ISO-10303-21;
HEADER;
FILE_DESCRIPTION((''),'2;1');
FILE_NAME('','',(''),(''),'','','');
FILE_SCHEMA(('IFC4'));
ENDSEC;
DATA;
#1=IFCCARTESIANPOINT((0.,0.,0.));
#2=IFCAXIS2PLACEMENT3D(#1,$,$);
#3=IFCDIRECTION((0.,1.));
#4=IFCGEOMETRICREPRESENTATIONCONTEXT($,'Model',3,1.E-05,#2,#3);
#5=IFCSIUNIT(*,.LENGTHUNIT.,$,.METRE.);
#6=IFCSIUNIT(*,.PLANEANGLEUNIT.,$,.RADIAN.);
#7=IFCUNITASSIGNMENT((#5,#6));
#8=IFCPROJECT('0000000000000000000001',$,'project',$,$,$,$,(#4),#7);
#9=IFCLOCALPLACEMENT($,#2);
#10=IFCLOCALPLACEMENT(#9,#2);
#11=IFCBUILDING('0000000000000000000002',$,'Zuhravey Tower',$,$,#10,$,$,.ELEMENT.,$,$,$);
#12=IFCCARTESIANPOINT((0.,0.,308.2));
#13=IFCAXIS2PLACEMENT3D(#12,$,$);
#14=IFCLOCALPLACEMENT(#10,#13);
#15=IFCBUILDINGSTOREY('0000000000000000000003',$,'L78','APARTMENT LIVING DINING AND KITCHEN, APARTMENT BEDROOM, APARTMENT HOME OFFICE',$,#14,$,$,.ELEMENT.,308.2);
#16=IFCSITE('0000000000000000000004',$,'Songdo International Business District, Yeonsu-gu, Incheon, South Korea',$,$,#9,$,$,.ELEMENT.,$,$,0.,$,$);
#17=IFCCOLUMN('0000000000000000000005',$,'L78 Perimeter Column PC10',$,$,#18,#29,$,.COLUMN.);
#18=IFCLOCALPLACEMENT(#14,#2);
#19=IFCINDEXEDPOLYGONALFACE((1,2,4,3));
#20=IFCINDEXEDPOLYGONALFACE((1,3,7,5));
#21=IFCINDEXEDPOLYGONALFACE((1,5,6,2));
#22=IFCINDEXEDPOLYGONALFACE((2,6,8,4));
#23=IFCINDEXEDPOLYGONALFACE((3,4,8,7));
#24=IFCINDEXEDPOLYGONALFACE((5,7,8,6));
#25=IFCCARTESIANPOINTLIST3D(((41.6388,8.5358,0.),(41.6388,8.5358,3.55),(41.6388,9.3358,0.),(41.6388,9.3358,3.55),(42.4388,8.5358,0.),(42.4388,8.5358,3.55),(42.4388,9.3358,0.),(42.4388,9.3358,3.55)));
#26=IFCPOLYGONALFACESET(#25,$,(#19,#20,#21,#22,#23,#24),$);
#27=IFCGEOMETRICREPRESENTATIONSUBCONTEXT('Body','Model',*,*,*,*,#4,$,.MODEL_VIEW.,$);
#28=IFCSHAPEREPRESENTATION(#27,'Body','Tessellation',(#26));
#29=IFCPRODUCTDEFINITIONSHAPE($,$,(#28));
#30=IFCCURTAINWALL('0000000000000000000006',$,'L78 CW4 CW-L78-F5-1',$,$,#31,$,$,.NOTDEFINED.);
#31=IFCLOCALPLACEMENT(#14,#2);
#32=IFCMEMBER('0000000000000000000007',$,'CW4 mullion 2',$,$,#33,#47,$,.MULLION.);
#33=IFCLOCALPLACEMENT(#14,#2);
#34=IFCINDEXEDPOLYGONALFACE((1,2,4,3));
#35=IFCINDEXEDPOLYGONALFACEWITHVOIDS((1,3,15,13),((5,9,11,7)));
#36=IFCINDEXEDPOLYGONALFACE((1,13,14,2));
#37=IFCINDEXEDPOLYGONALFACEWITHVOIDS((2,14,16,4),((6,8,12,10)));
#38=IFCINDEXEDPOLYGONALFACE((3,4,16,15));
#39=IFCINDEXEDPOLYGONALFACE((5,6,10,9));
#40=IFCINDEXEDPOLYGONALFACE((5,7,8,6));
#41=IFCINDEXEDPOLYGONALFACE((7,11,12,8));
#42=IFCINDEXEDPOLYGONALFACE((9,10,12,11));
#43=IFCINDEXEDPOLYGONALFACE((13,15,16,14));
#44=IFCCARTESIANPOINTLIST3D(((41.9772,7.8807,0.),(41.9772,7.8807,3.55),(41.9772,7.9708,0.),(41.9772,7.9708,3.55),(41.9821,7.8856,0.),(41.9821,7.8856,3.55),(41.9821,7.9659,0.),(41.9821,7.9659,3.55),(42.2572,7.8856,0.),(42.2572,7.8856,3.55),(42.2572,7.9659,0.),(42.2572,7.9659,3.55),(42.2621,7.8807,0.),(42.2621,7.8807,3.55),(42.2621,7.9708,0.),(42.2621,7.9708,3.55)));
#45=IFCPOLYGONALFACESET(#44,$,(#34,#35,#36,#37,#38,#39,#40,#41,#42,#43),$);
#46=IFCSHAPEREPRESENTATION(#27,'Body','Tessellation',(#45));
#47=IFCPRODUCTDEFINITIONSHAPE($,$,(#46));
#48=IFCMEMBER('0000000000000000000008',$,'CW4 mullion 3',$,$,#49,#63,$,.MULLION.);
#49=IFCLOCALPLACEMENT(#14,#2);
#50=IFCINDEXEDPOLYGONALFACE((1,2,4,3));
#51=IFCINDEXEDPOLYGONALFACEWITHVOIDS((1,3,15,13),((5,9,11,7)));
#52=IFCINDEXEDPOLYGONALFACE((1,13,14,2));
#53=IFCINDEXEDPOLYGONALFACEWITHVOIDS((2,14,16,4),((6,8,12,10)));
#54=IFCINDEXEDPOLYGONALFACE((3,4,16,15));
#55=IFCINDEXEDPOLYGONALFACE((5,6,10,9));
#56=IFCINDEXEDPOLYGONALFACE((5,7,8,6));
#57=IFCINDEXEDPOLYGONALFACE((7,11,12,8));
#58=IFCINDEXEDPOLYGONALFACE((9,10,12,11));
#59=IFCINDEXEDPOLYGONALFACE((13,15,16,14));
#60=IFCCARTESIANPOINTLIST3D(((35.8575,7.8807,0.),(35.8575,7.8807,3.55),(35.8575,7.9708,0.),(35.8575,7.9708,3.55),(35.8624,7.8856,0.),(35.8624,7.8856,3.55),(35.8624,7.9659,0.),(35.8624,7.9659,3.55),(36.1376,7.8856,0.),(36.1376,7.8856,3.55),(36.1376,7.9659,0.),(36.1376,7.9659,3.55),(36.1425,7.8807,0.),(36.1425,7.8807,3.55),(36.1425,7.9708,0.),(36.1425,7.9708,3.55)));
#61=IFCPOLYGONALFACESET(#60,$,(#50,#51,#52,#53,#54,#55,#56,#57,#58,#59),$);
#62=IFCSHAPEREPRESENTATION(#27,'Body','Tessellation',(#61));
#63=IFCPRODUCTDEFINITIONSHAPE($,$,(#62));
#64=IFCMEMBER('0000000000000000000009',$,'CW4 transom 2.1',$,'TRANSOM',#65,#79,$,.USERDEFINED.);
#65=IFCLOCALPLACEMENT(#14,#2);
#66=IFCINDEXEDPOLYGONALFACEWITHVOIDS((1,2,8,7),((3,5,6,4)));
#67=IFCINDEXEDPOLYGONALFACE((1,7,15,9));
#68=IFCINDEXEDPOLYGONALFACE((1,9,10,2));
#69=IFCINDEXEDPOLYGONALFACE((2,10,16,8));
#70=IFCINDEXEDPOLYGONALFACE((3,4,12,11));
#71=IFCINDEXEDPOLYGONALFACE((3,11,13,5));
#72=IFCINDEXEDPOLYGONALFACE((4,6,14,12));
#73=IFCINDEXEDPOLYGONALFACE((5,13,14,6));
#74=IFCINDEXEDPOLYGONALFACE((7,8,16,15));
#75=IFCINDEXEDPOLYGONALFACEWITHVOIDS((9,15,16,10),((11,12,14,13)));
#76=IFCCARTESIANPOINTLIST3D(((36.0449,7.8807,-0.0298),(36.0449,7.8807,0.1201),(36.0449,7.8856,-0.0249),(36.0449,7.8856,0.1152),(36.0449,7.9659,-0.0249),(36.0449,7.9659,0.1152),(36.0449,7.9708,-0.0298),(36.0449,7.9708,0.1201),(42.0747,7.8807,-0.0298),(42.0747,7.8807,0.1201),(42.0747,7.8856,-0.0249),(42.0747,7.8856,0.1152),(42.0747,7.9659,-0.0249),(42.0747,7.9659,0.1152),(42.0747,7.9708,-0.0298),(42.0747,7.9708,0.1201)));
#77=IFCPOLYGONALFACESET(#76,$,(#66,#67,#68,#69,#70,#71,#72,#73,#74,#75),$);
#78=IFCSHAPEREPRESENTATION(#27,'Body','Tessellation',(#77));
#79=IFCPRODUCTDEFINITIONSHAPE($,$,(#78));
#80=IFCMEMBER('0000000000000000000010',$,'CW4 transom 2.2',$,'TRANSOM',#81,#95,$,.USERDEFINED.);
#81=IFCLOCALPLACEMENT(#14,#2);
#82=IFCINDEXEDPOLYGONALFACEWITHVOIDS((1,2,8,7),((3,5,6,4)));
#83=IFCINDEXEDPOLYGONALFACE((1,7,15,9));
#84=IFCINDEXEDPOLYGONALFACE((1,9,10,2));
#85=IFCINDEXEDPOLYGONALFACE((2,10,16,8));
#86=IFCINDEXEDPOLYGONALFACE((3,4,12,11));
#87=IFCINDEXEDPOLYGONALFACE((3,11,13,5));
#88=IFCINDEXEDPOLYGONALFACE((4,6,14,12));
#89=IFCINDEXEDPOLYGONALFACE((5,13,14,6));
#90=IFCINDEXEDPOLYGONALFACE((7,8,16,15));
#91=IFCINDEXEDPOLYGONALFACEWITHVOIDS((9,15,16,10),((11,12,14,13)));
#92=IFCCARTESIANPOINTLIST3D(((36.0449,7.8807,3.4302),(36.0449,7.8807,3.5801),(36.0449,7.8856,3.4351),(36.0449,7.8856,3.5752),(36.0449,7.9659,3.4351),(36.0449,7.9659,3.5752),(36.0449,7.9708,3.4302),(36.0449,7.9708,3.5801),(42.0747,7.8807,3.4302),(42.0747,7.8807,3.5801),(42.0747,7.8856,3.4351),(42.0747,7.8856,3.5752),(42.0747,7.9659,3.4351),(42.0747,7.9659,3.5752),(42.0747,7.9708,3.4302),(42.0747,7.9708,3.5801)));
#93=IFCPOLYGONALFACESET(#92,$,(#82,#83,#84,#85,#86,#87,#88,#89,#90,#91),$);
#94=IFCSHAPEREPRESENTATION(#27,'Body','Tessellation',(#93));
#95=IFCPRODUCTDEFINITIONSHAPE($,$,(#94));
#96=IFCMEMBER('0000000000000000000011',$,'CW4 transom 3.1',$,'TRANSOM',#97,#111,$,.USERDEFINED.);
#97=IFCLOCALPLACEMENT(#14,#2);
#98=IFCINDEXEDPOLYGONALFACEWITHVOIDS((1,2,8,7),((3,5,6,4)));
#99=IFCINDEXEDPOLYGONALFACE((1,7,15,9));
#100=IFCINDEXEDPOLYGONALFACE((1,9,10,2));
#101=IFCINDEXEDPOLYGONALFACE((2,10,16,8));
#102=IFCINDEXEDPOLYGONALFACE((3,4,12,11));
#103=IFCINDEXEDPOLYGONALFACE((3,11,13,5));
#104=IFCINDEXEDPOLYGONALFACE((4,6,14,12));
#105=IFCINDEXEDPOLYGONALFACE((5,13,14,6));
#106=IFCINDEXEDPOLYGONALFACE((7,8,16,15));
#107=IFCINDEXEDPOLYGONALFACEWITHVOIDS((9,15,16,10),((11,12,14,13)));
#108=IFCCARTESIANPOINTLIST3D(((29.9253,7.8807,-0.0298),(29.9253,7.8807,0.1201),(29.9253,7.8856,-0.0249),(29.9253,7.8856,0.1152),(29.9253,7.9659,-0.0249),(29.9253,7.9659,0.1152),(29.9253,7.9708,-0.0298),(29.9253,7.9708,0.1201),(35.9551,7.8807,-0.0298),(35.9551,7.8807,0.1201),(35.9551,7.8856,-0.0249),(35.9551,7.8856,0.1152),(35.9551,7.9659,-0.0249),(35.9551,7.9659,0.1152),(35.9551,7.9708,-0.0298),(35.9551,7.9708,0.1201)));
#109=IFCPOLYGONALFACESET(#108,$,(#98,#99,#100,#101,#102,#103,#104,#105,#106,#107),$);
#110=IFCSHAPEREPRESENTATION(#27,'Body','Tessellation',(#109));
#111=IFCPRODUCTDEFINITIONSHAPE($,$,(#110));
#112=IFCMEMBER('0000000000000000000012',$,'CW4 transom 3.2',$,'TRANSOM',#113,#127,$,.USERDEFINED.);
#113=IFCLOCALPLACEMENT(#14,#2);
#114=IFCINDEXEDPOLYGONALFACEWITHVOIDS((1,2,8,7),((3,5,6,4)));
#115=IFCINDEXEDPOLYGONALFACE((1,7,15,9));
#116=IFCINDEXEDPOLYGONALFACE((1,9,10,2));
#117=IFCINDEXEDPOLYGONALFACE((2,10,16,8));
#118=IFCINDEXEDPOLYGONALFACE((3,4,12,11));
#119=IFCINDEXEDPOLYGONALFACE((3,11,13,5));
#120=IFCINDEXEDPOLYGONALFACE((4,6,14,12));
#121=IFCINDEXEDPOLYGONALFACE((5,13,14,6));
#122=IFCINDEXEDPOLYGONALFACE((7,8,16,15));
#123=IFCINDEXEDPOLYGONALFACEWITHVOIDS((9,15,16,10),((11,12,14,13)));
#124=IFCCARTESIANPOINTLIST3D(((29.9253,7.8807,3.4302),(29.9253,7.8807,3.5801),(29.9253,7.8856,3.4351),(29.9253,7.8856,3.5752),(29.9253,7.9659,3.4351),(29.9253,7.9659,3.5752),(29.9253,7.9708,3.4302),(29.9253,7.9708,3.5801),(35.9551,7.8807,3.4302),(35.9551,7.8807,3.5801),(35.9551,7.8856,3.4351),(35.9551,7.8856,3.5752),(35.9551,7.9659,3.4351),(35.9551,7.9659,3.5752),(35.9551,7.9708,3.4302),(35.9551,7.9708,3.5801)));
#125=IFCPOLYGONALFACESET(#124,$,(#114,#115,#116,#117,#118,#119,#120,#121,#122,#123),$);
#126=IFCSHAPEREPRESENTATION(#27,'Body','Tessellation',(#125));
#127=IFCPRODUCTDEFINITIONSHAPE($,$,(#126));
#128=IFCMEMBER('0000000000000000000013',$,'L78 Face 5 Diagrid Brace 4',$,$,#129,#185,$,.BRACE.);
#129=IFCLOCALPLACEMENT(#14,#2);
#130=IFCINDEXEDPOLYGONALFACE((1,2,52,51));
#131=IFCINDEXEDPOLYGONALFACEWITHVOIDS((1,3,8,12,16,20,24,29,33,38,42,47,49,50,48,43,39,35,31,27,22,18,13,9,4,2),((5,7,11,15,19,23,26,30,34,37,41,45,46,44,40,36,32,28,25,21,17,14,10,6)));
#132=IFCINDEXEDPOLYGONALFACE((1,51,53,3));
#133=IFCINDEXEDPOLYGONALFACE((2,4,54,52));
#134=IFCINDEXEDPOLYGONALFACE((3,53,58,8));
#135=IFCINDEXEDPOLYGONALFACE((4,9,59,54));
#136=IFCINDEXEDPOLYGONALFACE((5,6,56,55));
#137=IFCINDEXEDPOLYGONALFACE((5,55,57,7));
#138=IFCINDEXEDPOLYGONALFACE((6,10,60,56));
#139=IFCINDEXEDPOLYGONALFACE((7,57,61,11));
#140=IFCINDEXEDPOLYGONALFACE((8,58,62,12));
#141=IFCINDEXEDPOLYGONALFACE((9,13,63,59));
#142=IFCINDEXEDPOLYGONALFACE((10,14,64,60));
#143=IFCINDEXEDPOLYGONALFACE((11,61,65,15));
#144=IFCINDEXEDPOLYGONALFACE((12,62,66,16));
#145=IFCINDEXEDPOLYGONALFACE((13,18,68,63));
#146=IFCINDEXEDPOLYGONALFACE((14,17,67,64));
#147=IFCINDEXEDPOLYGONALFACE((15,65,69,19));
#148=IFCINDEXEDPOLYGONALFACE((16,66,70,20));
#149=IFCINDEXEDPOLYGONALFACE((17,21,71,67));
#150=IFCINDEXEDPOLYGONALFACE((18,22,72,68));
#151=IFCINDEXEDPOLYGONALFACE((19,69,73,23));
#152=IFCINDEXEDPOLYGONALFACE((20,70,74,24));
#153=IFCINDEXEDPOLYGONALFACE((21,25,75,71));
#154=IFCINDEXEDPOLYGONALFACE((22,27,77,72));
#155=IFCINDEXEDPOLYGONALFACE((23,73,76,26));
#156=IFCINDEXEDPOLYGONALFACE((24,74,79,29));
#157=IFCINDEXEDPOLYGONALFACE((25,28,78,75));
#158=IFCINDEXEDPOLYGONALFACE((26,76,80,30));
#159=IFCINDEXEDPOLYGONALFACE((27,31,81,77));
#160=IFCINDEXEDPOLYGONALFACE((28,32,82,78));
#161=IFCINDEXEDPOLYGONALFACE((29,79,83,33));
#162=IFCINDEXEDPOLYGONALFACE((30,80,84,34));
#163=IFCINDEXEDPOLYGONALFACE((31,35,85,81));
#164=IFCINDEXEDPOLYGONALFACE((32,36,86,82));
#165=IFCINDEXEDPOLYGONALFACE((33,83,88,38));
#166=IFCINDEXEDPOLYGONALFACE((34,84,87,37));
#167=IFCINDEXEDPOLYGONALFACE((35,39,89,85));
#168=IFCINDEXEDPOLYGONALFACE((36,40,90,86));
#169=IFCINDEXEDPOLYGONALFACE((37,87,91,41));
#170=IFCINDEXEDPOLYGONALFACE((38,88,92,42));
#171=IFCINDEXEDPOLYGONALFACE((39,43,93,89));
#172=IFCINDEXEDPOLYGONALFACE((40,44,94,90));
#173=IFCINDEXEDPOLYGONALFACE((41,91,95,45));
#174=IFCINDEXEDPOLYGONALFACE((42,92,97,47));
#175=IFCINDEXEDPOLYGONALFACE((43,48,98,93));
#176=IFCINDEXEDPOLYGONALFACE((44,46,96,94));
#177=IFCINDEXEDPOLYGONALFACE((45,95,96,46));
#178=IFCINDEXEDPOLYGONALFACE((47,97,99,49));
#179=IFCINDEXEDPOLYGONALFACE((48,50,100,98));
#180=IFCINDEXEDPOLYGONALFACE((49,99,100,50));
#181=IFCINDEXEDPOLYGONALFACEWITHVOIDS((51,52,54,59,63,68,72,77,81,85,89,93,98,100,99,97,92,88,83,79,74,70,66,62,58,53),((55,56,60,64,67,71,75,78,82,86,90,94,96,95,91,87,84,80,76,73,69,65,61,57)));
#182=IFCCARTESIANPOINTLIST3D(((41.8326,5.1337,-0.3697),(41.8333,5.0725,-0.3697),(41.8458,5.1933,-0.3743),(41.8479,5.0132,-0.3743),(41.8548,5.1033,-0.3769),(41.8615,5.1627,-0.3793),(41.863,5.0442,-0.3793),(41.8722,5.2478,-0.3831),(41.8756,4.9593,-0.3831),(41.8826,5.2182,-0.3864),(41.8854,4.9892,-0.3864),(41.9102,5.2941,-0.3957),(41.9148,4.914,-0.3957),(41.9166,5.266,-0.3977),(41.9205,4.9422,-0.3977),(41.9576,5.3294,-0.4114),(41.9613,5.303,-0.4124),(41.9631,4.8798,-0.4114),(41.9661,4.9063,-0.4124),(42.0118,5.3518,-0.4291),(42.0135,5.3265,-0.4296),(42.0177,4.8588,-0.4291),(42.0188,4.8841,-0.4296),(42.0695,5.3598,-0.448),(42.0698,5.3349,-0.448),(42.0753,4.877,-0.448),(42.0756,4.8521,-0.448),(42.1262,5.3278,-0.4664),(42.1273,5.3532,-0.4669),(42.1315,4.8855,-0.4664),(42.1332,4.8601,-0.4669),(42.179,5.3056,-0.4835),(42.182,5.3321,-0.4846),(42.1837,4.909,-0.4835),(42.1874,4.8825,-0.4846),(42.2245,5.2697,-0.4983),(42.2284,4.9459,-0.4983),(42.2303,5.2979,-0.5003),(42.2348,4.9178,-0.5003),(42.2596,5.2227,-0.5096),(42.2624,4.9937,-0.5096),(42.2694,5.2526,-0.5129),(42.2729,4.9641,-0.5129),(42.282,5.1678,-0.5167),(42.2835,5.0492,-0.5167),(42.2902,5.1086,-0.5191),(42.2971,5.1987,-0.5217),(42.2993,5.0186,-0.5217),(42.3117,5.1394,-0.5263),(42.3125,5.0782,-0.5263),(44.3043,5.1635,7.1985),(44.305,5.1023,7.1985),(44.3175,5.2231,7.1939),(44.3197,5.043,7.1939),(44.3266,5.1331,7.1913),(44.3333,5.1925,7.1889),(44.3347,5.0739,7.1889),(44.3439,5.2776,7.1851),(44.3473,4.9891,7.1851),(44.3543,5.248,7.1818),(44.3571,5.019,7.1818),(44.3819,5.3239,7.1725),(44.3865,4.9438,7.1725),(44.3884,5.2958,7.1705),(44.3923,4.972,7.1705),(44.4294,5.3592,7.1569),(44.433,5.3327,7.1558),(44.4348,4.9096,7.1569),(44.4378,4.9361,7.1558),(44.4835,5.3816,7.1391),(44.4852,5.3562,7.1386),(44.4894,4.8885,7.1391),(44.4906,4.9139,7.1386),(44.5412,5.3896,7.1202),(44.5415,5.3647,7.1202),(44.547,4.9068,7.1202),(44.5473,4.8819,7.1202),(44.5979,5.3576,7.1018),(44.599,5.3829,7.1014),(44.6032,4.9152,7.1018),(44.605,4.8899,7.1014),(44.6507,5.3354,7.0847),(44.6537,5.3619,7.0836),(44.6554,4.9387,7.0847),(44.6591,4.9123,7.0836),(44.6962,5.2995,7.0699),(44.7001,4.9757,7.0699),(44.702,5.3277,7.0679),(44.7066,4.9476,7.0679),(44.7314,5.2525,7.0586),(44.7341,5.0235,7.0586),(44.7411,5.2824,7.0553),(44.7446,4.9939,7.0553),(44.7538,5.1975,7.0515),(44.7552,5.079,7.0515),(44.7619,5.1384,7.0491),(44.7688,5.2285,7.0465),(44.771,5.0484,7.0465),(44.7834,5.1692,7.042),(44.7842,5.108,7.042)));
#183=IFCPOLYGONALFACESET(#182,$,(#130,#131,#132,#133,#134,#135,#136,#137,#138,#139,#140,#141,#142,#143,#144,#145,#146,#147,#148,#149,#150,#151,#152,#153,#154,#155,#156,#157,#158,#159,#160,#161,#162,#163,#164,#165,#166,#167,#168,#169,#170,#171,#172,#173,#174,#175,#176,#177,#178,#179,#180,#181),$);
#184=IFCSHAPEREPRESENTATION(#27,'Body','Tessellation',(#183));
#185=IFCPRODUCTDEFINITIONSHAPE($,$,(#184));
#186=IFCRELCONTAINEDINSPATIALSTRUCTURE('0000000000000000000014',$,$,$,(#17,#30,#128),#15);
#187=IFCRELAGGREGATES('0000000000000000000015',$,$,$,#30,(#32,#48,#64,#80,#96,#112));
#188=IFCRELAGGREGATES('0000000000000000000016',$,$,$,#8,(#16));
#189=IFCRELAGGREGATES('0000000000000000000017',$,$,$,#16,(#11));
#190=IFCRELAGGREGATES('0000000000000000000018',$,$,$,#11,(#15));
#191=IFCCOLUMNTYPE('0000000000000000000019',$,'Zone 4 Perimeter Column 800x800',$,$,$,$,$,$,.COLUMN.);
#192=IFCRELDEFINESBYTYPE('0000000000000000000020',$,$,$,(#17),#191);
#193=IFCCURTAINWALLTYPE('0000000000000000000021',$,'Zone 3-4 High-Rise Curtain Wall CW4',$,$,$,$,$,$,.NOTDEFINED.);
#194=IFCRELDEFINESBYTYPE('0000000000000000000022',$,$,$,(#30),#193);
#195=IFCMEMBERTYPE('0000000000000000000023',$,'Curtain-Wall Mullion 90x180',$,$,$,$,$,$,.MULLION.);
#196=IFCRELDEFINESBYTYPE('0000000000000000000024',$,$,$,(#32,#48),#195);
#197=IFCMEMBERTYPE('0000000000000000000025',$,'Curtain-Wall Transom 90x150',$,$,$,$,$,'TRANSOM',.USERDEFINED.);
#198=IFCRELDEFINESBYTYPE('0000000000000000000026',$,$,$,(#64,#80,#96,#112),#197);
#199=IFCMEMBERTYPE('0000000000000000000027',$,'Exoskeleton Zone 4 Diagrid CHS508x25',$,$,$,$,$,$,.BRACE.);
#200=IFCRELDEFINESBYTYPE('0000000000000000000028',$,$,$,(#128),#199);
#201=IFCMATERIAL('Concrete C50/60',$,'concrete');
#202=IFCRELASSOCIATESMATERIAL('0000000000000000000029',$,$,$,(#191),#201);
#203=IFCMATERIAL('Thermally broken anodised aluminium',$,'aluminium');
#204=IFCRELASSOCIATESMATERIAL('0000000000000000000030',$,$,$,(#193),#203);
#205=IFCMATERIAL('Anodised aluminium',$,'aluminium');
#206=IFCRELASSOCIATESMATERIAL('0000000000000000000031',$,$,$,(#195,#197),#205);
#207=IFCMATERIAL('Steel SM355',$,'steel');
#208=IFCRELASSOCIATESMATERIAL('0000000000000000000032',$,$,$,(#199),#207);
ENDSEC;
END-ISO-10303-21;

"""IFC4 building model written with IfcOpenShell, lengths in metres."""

from ifc_helpers import new_model, si_unit, direction, frame, origin, origin_2d, place, context, subcontext, project, spatial, rectangle, hollow_rectangle, hollow_circle, extrude, material, material_profile, profile_set, type_object, element, aggregate, save


model = new_model("IFC4")

# Units and contexts
model_context = context("Model", 3, precision=1e-05, world=origin(), true_north=direction((0.0, 1.0)))
body_context = subcontext(model_context, "Body", "Model", "MODEL_VIEW")
ifc_project = project(units=[si_unit("LENGTHUNIT", "METRE"), si_unit("PLANEANGLEUNIT", "RADIAN")], contexts=[model_context])

# Site, building, storey
site_placement = place(None, origin())
site = spatial("IfcSite", under=ifc_project, at=site_placement, Name="Songdo International Business District, Yeonsu-gu, Incheon, South Korea", CompositionType="ELEMENT", RefElevation=0.0)
building_placement = place(site_placement, origin())
building = spatial("IfcBuilding", under=site, at=building_placement, Name="Zuhravey Tower", CompositionType="ELEMENT")
storey_placement = place(building_placement, frame((0.0, 0.0, 308.2)))
storey = spatial("IfcBuildingStorey", under=building, at=storey_placement, Name="L78", Description="APARTMENT LIVING DINING AND KITCHEN, APARTMENT BEDROOM, APARTMENT HOME OFFICE", CompositionType="ELEMENT", Elevation=308.2)

# Column
ifc_material_1 = material(Name="Concrete C50/60", Category="concrete")
ifc_material_profile_1 = material_profile(ifc_material_1, rectangle(XDim=0.8, YDim=0.8, at=origin_2d()), Name="RC-800x800")
ifc_profile_set_1 = profile_set([ifc_material_profile_1], Name="Concrete C50/60")
column_type = type_object("IfcColumnType", Name="Zone 4 Perimeter Column 800x800", PredefinedType="COLUMN", material=ifc_profile_set_1)
column_placement = place(storey_placement, frame((42.0388, 8.9358, 0.0), z_axis=(0.0, 0.0, 1.0), x_axis=(1.0, 0.0, 0.0)))
element("IfcColumn", 1, at=column_placement, inside=storey, type_object=column_type, Name="L78 Perimeter Column PC10", PredefinedType="COLUMN", context=body_context, shape_type="SweptSolid", body=[
    extrude(rectangle(XDim=0.8, YDim=0.8, at=origin_2d()), origin(), (0.0, 0.0, 1.0), 3.55),
])

# Curtain wall, members
ifc_material_2 = material(Name="Thermally broken anodised aluminium", Category="aluminium")
curtain_wall_type = type_object("IfcCurtainWallType", Name="Zone 3-4 High-Rise Curtain Wall CW4", PredefinedType="NOTDEFINED", material=ifc_material_2)
curtain_wall_placement = place(storey_placement, origin())
curtain_wall = element("IfcCurtainWall", 2, at=curtain_wall_placement, inside=storey, type_object=curtain_wall_type, Name="L78 CW4 CW-L78-F5-1", PredefinedType="NOTDEFINED")
ifc_material_3 = material(Name="Anodised aluminium", Category="aluminium")
ifc_material_profile_2 = material_profile(ifc_material_3, hollow_rectangle(XDim=0.0901, YDim=0.2849, WallThickness=0.0049, at=origin_2d()), Name="ALU-RHS-90x285x5")
ifc_profile_set_2 = profile_set([ifc_material_profile_2], Name="Anodised aluminium")
member_type_1 = type_object("IfcMemberType", Name="Curtain-Wall Mullion 90x180", PredefinedType="MULLION", material=ifc_profile_set_2)
member_1_placement = place(storey_placement, frame((42.1196, 7.9258, 0.0), z_axis=(0.0, 0.0, 1.0), x_axis=(0.0, -1.0, 0.0)))
member_1 = element("IfcMember", 3, at=member_1_placement, type_object=member_type_1, Name="CW4 mullion 2", PredefinedType="MULLION", context=body_context, shape_type="SweptSolid", body=[
    extrude(hollow_rectangle(XDim=0.0901, YDim=0.2849, WallThickness=0.0049, at=origin_2d()), origin(), (0.0, 0.0, 1.0), 3.55),
])
member_2_placement = place(storey_placement, frame((36.0, 7.9258, 0.0), z_axis=(0.0, 0.0, 1.0), x_axis=(0.0, -1.0, 0.0)))
member_2 = element("IfcMember", 4, at=member_2_placement, type_object=member_type_1, Name="CW4 mullion 3", PredefinedType="MULLION", context=body_context, shape_type="SweptSolid", body=[
    extrude(hollow_rectangle(XDim=0.0901, YDim=0.2849, WallThickness=0.0049, at=origin_2d()), origin(), (0.0, 0.0, 1.0), 3.55),
])
ifc_material_profile_3 = material_profile(ifc_material_3, hollow_rectangle(XDim=0.0901, YDim=0.1499, WallThickness=0.0049, at=origin_2d()), Name="ALU-RHS-90x150x5")
ifc_profile_set_3 = profile_set([ifc_material_profile_3], Name="Anodised aluminium")
member_type_2 = type_object("IfcMemberType", Name="Curtain-Wall Transom 90x150", ElementType="TRANSOM", PredefinedType="USERDEFINED", material=ifc_profile_set_3)
member_3_placement = place(storey_placement, frame((42.0747, 7.9258, 0.0452), z_axis=(-1.0, 0.0, 0.0), x_axis=(0.0, -1.0, 0.0)))
member_3 = element("IfcMember", 5, at=member_3_placement, type_object=member_type_2, Name="CW4 transom 2.1", ObjectType="TRANSOM", PredefinedType="USERDEFINED", context=body_context, shape_type="SweptSolid", body=[
    extrude(hollow_rectangle(XDim=0.0901, YDim=0.1499, WallThickness=0.0049, at=origin_2d()), origin(), (0.0, 0.0, 1.0), 6.0298),
])
member_4_placement = place(storey_placement, frame((42.0747, 7.9258, 3.5051), z_axis=(-1.0, 0.0, 0.0), x_axis=(0.0, -1.0, 0.0)))
member_4 = element("IfcMember", 6, at=member_4_placement, type_object=member_type_2, Name="CW4 transom 2.2", ObjectType="TRANSOM", PredefinedType="USERDEFINED", context=body_context, shape_type="SweptSolid", body=[
    extrude(hollow_rectangle(XDim=0.0901, YDim=0.1499, WallThickness=0.0049, at=origin_2d()), origin(), (0.0, 0.0, 1.0), 6.0298),
])
member_5_placement = place(storey_placement, frame((35.9551, 7.9258, 0.0452), z_axis=(-1.0, 0.0, 0.0), x_axis=(0.0, -1.0, 0.0)))
member_5 = element("IfcMember", 7, at=member_5_placement, type_object=member_type_2, Name="CW4 transom 3.1", ObjectType="TRANSOM", PredefinedType="USERDEFINED", context=body_context, shape_type="SweptSolid", body=[
    extrude(hollow_rectangle(XDim=0.0901, YDim=0.1499, WallThickness=0.0049, at=origin_2d()), origin(), (0.0, 0.0, 1.0), 6.0298),
])
member_6_placement = place(storey_placement, frame((35.9551, 7.9258, 3.5051), z_axis=(-1.0, 0.0, 0.0), x_axis=(0.0, -1.0, 0.0)))
member_6 = element("IfcMember", 8, at=member_6_placement, type_object=member_type_2, Name="CW4 transom 3.2", ObjectType="TRANSOM", PredefinedType="USERDEFINED", context=body_context, shape_type="SweptSolid", body=[
    extrude(hollow_rectangle(XDim=0.0901, YDim=0.1499, WallThickness=0.0049, at=origin_2d()), origin(), (0.0, 0.0, 1.0), 6.0298),
])

# Member
ifc_material_4 = material(Name="Steel SM355", Category="steel")
ifc_material_profile_4 = material_profile(ifc_material_4, hollow_circle(Radius=0.2539, WallThickness=0.0249, at=origin_2d()), Name="CHS-508.0x25")
ifc_profile_set_4 = profile_set([ifc_material_profile_4], Name="Steel SM355")
member_type_3 = type_object("IfcMemberType", Name="Exoskeleton Zone 4 Diagrid CHS508x25", PredefinedType="BRACE", material=ifc_profile_set_4)
member_7_placement = place(storey_placement, frame((42.0725, 5.106, -0.448), z_axis=(0.310452, 0.003741, 0.950582), x_axis=(-0.01205, 0.999927, 0.0)))
element("IfcMember", 9, at=member_7_placement, inside=storey, type_object=member_type_3, Name="L78 Face 5 Diagrid Brace 4", PredefinedType="BRACE", context=body_context, shape_type="SweptSolid", body=[
    extrude(hollow_circle(Radius=0.2539, WallThickness=0.0249, at=origin_2d()), origin(), (0.0, 0.0, 1.0), 7.9617),
])

aggregate(curtain_wall, [member_1, member_2, member_3, member_4, member_5, member_6])

save(model, "model.ifc")
